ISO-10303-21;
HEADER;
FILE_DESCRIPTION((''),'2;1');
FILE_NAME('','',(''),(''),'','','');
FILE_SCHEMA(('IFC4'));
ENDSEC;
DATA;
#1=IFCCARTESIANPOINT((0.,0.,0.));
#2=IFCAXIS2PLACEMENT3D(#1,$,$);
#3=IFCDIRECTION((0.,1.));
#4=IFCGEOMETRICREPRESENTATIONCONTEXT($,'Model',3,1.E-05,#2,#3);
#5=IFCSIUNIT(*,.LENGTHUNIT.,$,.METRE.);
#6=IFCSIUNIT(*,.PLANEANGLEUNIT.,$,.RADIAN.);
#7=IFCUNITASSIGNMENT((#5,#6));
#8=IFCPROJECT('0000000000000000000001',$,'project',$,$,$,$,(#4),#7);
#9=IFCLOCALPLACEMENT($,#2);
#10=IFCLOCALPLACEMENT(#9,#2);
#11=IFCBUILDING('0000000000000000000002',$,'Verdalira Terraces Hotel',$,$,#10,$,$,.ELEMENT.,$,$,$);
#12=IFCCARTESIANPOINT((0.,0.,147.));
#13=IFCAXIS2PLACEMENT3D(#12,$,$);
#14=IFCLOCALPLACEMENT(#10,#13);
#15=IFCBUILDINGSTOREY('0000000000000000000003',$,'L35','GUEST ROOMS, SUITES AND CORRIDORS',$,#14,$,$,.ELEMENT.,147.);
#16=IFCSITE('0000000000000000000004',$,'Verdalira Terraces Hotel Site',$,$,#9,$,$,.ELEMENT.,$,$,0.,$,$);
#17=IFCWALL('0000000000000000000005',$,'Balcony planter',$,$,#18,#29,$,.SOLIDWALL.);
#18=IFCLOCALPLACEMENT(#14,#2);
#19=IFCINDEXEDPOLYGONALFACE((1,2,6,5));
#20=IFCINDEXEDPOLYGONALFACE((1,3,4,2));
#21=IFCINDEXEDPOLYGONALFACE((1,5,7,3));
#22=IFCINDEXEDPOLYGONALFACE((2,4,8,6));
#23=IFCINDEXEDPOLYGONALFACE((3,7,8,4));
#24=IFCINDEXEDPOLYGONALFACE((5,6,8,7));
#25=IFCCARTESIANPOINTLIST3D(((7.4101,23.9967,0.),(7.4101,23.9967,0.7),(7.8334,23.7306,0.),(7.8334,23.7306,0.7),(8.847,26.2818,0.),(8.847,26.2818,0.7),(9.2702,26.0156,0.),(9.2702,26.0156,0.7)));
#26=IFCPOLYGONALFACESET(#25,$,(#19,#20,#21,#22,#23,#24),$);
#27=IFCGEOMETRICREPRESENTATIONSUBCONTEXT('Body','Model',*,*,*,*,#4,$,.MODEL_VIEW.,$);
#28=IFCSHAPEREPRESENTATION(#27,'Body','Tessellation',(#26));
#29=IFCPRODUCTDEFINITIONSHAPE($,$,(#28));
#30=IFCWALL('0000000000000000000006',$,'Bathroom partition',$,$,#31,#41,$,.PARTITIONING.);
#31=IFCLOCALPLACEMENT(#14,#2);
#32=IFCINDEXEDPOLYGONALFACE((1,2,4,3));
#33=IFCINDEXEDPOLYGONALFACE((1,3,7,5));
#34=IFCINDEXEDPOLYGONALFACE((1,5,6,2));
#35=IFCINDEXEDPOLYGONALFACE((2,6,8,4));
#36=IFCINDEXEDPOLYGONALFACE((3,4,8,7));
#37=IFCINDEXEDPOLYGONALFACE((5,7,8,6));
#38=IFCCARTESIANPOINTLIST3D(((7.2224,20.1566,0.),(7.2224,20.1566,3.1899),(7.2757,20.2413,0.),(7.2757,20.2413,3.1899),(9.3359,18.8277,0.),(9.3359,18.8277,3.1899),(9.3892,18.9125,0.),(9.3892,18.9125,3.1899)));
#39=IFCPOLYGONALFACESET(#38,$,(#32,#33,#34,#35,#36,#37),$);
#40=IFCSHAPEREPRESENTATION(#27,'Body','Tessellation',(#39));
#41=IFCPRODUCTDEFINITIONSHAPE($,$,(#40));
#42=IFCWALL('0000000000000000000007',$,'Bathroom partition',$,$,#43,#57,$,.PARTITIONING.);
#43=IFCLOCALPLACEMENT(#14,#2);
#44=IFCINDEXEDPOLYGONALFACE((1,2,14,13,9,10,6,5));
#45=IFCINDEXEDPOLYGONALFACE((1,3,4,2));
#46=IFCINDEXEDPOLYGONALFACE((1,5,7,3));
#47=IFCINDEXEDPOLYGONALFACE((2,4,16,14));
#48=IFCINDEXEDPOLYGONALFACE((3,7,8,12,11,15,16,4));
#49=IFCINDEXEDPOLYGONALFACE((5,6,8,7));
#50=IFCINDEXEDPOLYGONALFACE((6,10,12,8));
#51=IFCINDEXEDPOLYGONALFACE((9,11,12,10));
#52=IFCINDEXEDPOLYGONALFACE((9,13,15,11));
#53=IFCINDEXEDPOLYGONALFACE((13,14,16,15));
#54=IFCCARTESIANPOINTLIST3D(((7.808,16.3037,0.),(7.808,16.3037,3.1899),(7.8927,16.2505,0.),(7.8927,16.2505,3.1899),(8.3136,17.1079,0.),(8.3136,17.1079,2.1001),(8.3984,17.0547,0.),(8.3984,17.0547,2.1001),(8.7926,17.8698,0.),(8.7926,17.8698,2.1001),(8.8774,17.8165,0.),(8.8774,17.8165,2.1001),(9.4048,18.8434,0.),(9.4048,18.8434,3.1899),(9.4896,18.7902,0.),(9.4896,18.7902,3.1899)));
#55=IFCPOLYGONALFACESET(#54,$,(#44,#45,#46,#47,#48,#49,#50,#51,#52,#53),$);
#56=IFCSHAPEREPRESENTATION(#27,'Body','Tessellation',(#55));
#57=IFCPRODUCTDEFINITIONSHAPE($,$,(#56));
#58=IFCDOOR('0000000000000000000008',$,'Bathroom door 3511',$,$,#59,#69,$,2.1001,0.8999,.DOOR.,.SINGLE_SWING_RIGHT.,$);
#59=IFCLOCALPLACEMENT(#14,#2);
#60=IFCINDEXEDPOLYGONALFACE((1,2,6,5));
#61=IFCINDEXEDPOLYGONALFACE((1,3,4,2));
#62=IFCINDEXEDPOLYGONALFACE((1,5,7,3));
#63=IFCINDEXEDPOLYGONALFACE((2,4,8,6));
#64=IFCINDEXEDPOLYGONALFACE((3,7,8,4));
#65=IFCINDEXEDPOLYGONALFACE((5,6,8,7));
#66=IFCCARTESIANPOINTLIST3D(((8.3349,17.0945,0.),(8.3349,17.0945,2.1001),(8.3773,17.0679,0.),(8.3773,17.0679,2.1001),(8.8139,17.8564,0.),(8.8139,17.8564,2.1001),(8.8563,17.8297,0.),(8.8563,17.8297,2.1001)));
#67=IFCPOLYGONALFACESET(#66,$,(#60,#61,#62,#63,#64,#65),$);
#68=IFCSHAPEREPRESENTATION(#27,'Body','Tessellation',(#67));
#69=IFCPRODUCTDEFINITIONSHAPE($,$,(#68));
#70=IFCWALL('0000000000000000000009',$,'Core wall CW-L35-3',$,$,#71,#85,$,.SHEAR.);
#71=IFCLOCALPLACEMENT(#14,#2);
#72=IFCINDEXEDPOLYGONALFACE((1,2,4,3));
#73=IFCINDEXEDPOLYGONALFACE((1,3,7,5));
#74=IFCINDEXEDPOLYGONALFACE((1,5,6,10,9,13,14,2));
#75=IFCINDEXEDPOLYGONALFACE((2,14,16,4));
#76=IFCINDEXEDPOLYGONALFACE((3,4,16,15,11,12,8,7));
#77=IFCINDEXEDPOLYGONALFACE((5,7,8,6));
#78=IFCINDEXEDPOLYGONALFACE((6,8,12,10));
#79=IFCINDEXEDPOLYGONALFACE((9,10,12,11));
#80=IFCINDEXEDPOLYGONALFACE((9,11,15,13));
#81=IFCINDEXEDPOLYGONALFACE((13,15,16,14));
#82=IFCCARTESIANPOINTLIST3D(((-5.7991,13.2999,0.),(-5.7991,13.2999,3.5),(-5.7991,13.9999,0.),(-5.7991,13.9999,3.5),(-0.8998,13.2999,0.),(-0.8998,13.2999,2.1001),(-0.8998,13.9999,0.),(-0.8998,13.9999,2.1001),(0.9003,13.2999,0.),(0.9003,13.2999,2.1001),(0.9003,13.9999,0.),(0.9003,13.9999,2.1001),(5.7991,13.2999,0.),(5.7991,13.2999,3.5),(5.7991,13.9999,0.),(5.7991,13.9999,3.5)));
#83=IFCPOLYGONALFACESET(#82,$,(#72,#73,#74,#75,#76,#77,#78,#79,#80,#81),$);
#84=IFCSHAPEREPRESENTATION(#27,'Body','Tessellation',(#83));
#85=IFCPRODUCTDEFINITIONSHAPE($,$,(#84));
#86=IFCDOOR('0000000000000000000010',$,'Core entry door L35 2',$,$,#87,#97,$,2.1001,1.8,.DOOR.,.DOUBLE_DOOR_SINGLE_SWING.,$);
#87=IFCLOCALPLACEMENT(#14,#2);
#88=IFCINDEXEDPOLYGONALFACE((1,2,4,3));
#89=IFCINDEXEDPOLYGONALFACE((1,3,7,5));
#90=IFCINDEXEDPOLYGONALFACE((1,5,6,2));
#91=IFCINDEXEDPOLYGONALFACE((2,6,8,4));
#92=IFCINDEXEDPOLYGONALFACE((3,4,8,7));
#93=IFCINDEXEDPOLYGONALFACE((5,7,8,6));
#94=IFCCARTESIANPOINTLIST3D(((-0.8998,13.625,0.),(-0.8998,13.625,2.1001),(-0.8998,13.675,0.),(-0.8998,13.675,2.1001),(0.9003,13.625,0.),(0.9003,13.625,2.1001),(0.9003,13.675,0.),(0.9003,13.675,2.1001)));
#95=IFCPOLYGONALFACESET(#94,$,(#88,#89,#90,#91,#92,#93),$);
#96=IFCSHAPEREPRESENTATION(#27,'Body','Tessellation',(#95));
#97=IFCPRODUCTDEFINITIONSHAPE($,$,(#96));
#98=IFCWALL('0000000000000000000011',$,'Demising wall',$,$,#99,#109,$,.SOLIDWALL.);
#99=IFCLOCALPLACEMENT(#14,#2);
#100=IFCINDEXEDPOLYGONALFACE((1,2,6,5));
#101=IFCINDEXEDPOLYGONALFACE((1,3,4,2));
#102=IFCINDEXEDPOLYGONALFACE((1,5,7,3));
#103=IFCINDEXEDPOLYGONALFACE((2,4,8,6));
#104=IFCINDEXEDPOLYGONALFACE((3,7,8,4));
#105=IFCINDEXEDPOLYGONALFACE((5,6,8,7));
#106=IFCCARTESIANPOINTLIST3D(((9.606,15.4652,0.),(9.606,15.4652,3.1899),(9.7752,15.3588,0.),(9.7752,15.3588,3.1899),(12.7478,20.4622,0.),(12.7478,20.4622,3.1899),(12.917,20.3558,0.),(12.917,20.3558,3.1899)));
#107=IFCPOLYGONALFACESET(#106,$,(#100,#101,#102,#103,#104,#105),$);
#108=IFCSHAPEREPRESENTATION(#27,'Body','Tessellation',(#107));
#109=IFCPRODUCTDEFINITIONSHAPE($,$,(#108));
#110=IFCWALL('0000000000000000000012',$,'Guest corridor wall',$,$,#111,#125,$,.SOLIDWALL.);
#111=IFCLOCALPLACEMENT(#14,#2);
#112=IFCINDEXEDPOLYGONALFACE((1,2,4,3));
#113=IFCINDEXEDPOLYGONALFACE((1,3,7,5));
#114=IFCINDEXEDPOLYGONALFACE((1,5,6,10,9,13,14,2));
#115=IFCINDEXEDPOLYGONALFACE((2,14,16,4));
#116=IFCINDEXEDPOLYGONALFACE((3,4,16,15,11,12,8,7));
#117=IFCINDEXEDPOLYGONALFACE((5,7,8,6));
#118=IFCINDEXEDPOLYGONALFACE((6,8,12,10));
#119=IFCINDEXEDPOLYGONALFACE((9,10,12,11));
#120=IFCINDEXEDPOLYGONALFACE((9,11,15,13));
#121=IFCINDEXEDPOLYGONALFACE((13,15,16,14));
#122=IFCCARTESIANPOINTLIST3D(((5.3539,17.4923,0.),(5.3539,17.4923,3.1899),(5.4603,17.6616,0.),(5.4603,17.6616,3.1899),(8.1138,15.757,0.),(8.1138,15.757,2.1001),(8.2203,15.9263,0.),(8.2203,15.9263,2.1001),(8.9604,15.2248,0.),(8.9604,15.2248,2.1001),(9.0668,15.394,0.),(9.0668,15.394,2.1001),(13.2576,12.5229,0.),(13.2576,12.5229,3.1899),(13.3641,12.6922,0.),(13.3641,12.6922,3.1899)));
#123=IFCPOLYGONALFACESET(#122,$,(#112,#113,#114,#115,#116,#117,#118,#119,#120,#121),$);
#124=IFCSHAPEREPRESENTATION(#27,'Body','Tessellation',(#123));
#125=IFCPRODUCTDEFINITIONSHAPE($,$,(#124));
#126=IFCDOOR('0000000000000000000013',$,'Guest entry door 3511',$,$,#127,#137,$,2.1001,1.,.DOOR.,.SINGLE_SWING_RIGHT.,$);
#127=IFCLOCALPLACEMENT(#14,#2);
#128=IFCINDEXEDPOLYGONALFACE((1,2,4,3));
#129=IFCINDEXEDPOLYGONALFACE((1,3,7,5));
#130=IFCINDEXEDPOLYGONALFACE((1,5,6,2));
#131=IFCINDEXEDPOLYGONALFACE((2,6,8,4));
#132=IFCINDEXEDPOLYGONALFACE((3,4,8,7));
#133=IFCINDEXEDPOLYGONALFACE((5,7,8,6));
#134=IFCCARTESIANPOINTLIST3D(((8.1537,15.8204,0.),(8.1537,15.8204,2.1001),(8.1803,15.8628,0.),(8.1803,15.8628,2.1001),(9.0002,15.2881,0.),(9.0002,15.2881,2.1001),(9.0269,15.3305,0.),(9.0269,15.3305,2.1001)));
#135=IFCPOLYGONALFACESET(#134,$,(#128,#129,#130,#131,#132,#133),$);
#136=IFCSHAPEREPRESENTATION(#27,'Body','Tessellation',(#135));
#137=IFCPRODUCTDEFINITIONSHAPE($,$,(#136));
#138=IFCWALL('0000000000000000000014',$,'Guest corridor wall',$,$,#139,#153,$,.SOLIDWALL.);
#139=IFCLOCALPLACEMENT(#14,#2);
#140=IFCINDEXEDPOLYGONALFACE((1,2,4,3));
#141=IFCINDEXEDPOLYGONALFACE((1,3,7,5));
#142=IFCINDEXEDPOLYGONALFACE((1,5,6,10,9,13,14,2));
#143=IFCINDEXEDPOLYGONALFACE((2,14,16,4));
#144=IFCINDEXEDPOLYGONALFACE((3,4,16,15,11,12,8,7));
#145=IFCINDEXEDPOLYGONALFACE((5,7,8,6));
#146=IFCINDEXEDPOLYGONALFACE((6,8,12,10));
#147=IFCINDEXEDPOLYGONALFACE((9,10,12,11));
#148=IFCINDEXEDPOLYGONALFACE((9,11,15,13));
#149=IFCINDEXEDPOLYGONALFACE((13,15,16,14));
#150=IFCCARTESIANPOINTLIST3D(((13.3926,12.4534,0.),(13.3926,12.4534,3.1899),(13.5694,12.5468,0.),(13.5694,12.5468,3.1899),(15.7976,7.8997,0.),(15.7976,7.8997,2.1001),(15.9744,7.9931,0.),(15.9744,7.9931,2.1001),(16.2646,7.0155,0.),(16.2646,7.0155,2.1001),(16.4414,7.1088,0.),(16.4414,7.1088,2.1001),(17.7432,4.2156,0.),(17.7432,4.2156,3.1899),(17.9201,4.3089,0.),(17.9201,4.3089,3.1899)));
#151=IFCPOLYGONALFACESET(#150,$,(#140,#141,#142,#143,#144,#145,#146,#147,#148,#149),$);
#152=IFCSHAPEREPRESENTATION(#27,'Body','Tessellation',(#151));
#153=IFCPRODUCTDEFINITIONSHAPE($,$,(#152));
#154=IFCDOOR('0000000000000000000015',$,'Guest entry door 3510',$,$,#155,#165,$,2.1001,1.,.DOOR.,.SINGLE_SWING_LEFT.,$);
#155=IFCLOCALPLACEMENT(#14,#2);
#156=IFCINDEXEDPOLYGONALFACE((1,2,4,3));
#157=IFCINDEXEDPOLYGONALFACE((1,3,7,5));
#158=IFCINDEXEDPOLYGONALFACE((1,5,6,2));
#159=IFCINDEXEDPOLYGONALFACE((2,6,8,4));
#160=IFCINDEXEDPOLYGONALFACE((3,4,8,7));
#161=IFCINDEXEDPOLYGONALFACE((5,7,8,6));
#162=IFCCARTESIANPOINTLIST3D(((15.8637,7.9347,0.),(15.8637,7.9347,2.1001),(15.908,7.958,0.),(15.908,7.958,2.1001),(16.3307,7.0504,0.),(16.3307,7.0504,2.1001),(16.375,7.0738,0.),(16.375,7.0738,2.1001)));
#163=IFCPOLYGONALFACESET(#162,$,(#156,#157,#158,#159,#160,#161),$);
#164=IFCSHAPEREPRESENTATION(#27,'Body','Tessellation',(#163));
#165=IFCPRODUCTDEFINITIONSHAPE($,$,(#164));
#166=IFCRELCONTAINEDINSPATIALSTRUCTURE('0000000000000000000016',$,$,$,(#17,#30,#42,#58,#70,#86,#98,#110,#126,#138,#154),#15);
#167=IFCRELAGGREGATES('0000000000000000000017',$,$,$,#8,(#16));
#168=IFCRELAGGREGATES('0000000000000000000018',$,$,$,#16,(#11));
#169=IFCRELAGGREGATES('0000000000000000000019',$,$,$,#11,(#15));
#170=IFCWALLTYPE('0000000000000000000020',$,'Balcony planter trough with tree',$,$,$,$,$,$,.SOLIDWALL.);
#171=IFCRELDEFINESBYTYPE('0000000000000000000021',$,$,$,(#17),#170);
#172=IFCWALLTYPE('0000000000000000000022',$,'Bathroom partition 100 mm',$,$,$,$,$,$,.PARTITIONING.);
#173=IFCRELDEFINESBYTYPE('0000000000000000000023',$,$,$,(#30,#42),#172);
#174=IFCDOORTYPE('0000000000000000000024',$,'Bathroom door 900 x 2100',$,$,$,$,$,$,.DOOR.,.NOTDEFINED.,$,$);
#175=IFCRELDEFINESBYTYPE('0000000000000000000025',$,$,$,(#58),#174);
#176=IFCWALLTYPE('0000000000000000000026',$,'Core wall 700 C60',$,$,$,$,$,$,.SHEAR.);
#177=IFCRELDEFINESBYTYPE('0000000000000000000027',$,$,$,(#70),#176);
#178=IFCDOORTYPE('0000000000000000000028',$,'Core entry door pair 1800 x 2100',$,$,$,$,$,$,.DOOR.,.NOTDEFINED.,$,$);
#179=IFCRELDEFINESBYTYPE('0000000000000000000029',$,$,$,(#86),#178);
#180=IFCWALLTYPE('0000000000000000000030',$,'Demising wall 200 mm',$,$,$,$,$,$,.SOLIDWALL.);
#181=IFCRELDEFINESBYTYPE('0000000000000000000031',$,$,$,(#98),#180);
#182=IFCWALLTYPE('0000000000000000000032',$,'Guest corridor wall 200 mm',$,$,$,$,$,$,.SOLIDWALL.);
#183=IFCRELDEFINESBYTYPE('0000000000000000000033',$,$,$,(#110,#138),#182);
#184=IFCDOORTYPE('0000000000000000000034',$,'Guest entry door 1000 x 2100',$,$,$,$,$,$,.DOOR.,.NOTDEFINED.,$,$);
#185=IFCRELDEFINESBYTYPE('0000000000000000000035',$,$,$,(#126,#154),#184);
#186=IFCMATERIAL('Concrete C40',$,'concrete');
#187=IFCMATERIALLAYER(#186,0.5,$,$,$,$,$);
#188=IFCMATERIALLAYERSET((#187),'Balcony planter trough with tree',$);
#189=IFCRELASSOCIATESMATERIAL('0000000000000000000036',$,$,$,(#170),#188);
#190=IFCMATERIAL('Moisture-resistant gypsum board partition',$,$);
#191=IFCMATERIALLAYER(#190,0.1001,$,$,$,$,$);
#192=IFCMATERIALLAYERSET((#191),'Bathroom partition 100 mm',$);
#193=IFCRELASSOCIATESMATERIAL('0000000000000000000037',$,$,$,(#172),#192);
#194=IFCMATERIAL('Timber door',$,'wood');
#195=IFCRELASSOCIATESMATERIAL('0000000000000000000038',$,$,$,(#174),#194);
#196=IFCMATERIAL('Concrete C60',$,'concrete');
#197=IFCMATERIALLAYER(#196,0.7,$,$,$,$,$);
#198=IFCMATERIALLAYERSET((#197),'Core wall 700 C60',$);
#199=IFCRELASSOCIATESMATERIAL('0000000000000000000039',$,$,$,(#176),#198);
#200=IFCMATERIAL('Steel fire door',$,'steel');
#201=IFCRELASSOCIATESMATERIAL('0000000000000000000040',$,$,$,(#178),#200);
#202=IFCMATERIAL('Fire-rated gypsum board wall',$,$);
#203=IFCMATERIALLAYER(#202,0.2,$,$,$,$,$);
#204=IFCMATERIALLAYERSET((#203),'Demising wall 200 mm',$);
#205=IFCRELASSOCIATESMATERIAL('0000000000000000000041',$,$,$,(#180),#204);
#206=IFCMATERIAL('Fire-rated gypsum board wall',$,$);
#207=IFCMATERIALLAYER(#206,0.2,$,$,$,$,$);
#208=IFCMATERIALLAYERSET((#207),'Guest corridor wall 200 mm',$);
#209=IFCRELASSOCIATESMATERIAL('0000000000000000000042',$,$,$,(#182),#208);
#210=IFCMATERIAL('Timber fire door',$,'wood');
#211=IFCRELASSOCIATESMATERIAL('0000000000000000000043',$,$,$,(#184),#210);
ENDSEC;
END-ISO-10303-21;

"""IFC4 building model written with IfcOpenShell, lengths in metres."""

from ifc_helpers import new_model, si_unit, direction, frame, frame_2d, origin, place, context, subcontext, project, spatial, rectangle, extrude, material, layer, layer_set, type_object, element, fill, save


model = new_model("IFC4")

# Units and contexts
model_context = context("Model", 3, precision=1e-05, world=origin(), true_north=direction((0.0, 1.0)))
body_context = subcontext(model_context, "Body", "Model", "MODEL_VIEW")
ifc_project = project(units=[si_unit("LENGTHUNIT", "METRE"), si_unit("PLANEANGLEUNIT", "RADIAN")], contexts=[model_context])

# Site, building, storey
site_placement = place(None, origin())
site = spatial("IfcSite", under=ifc_project, at=site_placement, Name="Verdalira Terraces Hotel Site", CompositionType="ELEMENT", RefElevation=0.0)
building_placement = place(site_placement, origin())
building = spatial("IfcBuilding", under=site, at=building_placement, Name="Verdalira Terraces Hotel", CompositionType="ELEMENT")
storey_placement = place(building_placement, frame((0.0, 0.0, 147.0)))
storey = spatial("IfcBuildingStorey", under=building, at=storey_placement, Name="L35", Description="GUEST ROOMS, SUITES AND CORRIDORS", CompositionType="ELEMENT", Elevation=147.0)

# Walls
ifc_material_1 = material(Name="Concrete C40", Category="concrete")
ifc_layer_1 = layer(ifc_material_1, 0.5)
ifc_layer_set_1 = layer_set([ifc_layer_1], Name="Balcony planter trough with tree")
wall_type_1 = type_object("IfcWallType", Name="Balcony planter trough with tree", PredefinedType="SOLIDWALL", material=ifc_layer_set_1)
wall_1_placement = place(storey_placement, frame((9.0586, 26.1487, 0.0), z_axis=(0.0, 0.0, 1.0), x_axis=(-0.532314, -0.846547, 0.0)))
element("IfcWall", 1, at=wall_1_placement, inside=storey, type_object=wall_type_1, Name="Balcony planter", PredefinedType="SOLIDWALL", context=body_context, shape_type="SweptSolid", body=[
    extrude(rectangle(XDim=2.6992, YDim=0.5, at=frame_2d((1.3496, 0.0))), origin(), (0.0, 0.0, 1.0), 0.7),
])
ifc_material_2 = material(Name="Moisture-resistant gypsum board partition")
ifc_layer_2 = layer(ifc_material_2, 0.1001)
ifc_layer_set_2 = layer_set([ifc_layer_2], Name="Bathroom partition 100 mm")
wall_type_2 = type_object("IfcWallType", Name="Bathroom partition 100 mm", PredefinedType="PARTITIONING", material=ifc_layer_set_2)
wall_2_placement = place(storey_placement, frame((7.249, 20.199, 0.0), z_axis=(0.0, 0.0, 1.0), x_axis=(0.846572, -0.532274, 0.0)))
element("IfcWall", 2, at=wall_2_placement, inside=storey, type_object=wall_type_2, Name="Bathroom partition", PredefinedType="PARTITIONING", context=body_context, shape_type="SweptSolid", body=[
    extrude(rectangle(XDim=2.4966, YDim=0.1001, at=frame_2d((1.2483, 0.0))), origin(), (0.0, 0.0, 1.0), 3.1899),
])

# Walls, openings, doors
wall_3_placement = place(storey_placement, frame((7.8503, 16.2771, 0.0), z_axis=(0.0, 0.0, 1.0), x_axis=(0.532287, 0.846564, 0.0)))
wall_3 = element("IfcWall", 3, at=wall_3_placement, inside=storey, type_object=wall_type_2, Name="Bathroom partition", PredefinedType="PARTITIONING", context=body_context, shape_type="SweptSolid", body=[
    extrude(rectangle(XDim=3.0, YDim=0.1001, at=frame_2d((1.5, 0.0))), origin(), (0.0, 0.0, 1.0), 3.1899),
])
opening_1_placement = place(wall_3_placement, frame((0.95, 0.0, 0.0)))
opening_1 = element("IfcOpeningElement", 4, at=opening_1_placement, cuts=wall_3, PredefinedType="OPENING", context=body_context, shape_type="SweptSolid", body=[
    extrude(rectangle(XDim=0.8999, YDim=2.1001, at=frame_2d((0.45, 1.05))), frame((0.0, 0.0601, 0.0), z_axis=(0.0, -1.0, 0.0), x_axis=(1.0, 0.0, 0.0)), (0.0, 0.0, 1.0), 0.1201),
])
ifc_material_3 = material(Name="Timber door", Category="wood")
door_type_1 = type_object("IfcDoorType", Name="Bathroom door 900 x 2100", OperationType="NOTDEFINED", PredefinedType="DOOR", material=ifc_material_3)
door_1_placement = place(opening_1_placement, origin())
door_1 = element("IfcDoor", 5, at=door_1_placement, inside=storey, type_object=door_type_1, Name="Bathroom door 3511", OperationType="SINGLE_SWING_RIGHT", OverallHeight=2.1001, OverallWidth=0.8999, PredefinedType="DOOR", context=body_context, shape_type="SweptSolid", body=[
    extrude(rectangle(XDim=0.8999, YDim=2.1001, at=frame_2d((0.45, 1.05))), frame((0.0, 0.0249, 0.0), z_axis=(0.0, -1.0, 0.0), x_axis=(1.0, 0.0, 0.0)), (0.0, 0.0, 1.0), 0.05),
])
fill(opening_1, door_1)
ifc_material_4 = material(Name="Concrete C60", Category="concrete")
ifc_layer_3 = layer(ifc_material_4, 0.7)
ifc_layer_set_3 = layer_set([ifc_layer_3], Name="Core wall 700 C60")
wall_type_3 = type_object("IfcWallType", Name="Core wall 700 C60", PredefinedType="SHEAR", material=ifc_layer_set_3)
wall_4_placement = place(storey_placement, frame((5.7991, 13.6499, 0.0), z_axis=(0.0, 0.0, 1.0), x_axis=(-1.0, 0.0, 0.0)))
wall_4 = element("IfcWall", 6, at=wall_4_placement, inside=storey, type_object=wall_type_3, Name="Core wall CW-L35-3", PredefinedType="SHEAR", context=body_context, shape_type="SweptSolid", body=[
    extrude(rectangle(XDim=11.5981, YDim=0.7, at=frame_2d((5.7991, 0.0))), origin(), (0.0, 0.0, 1.0), 3.5),
])
opening_2_placement = place(wall_4_placement, frame((4.8989, 0.0, 0.0)))
opening_2 = element("IfcOpeningElement", 7, at=opening_2_placement, cuts=wall_4, PredefinedType="OPENING", context=body_context, shape_type="SweptSolid", body=[
    extrude(rectangle(XDim=1.8, YDim=2.1001, at=frame_2d((0.8999, 1.05))), frame((0.0, 0.3599, 0.0), z_axis=(0.0, -1.0, 0.0), x_axis=(1.0, 0.0, 0.0)), (0.0, 0.0, 1.0), 0.72),
])
ifc_material_5 = material(Name="Steel fire door", Category="steel")
door_type_2 = type_object("IfcDoorType", Name="Core entry door pair 1800 x 2100", OperationType="NOTDEFINED", PredefinedType="DOOR", material=ifc_material_5)
door_2_placement = place(opening_2_placement, origin())
door_2 = element("IfcDoor", 8, at=door_2_placement, inside=storey, type_object=door_type_2, Name="Core entry door L35 2", OperationType="DOUBLE_DOOR_SINGLE_SWING", OverallHeight=2.1001, OverallWidth=1.8, PredefinedType="DOOR", context=body_context, shape_type="SweptSolid", body=[
    extrude(rectangle(XDim=1.8, YDim=2.1001, at=frame_2d((0.8999, 1.05))), frame((0.0, 0.0249, 0.0), z_axis=(0.0, -1.0, 0.0), x_axis=(1.0, 0.0, 0.0)), (0.0, 0.0, 1.0), 0.05),
])
fill(opening_2, door_2)

# Wall
ifc_material_6 = material(Name="Fire-rated gypsum board wall")
ifc_layer_4 = layer(ifc_material_6, 0.2)
ifc_layer_set_4 = layer_set([ifc_layer_4], Name="Demising wall 200 mm")
wall_type_4 = type_object("IfcWallType", Name="Demising wall 200 mm", PredefinedType="SOLIDWALL", material=ifc_layer_set_4)
wall_5_placement = place(storey_placement, frame((9.6907, 15.4121, 0.0), z_axis=(0.0, 0.0, 1.0), x_axis=(0.532272, 0.846573, 0.0)))
element("IfcWall", 9, at=wall_5_placement, inside=storey, type_object=wall_type_4, Name="Demising wall", PredefinedType="SOLIDWALL", context=body_context, shape_type="SweptSolid", body=[
    extrude(rectangle(XDim=5.9026, YDim=0.2, at=frame_2d((2.9512, 0.0))), origin(), (0.0, 0.0, 1.0), 3.1899),
])

# Walls, openings, doors
ifc_material_7 = material(Name="Fire-rated gypsum board wall")
ifc_layer_5 = layer(ifc_material_7, 0.2)
ifc_layer_set_5 = layer_set([ifc_layer_5], Name="Guest corridor wall 200 mm")
wall_type_5 = type_object("IfcWallType", Name="Guest corridor wall 200 mm", PredefinedType="SOLIDWALL", material=ifc_layer_set_5)
wall_6_placement = place(storey_placement, frame((5.4072, 17.5769, 0.0), z_axis=(0.0, 0.0, 1.0), x_axis=(0.84657, -0.532277, 0.0)))
wall_6 = element("IfcWall", 10, at=wall_6_placement, inside=storey, type_object=wall_type_5, Name="Guest corridor wall", PredefinedType="SOLIDWALL", context=body_context, shape_type="SweptSolid", body=[
    extrude(rectangle(XDim=9.3362, YDim=0.2, at=frame_2d((4.668, 0.0))), origin(), (0.0, 0.0, 1.0), 3.1899),
])
opening_3_placement = place(wall_6_placement, frame((3.26, 0.0, 0.0)))
opening_3 = element("IfcOpeningElement", 11, at=opening_3_placement, cuts=wall_6, PredefinedType="OPENING", context=body_context, shape_type="SweptSolid", body=[
    extrude(rectangle(XDim=1.0, YDim=2.1001, at=frame_2d((0.5, 1.05))), frame((0.0, 0.1099, 0.0), z_axis=(0.0, -1.0, 0.0), x_axis=(1.0, 0.0, 0.0)), (0.0, 0.0, 1.0), 0.22),
])
ifc_material_8 = material(Name="Timber fire door", Category="wood")
door_type_3 = type_object("IfcDoorType", Name="Guest entry door 1000 x 2100", OperationType="NOTDEFINED", PredefinedType="DOOR", material=ifc_material_8)
door_3_placement = place(opening_3_placement, origin())
door_3 = element("IfcDoor", 12, at=door_3_placement, inside=storey, type_object=door_type_3, Name="Guest entry door 3511", OperationType="SINGLE_SWING_RIGHT", OverallHeight=2.1001, OverallWidth=1.0, PredefinedType="DOOR", context=body_context, shape_type="SweptSolid", body=[
    extrude(rectangle(XDim=1.0, YDim=2.1001, at=frame_2d((0.5, 1.05))), frame((0.0, 0.0249, 0.0), z_axis=(0.0, -1.0, 0.0), x_axis=(1.0, 0.0, 0.0)), (0.0, 0.0, 1.0), 0.05),
])
fill(opening_3, door_3)
wall_7_placement = place(storey_placement, frame((13.481, 12.5002, 0.0), z_axis=(0.0, 0.0, 1.0), x_axis=(0.466999, -0.884258, 0.0)))
wall_7 = element("IfcWall", 13, at=wall_7_placement, inside=storey, type_object=wall_type_5, Name="Guest corridor wall", PredefinedType="SOLIDWALL", context=body_context, shape_type="SweptSolid", body=[
    extrude(rectangle(XDim=9.3162, YDim=0.2, at=frame_2d((4.6582, 0.0))), origin(), (0.0, 0.0, 1.0), 3.1899),
])
opening_4_placement = place(wall_7_placement, frame((5.1499, 0.0, 0.0)))
opening_4 = element("IfcOpeningElement", 14, at=opening_4_placement, cuts=wall_7, PredefinedType="OPENING", context=body_context, shape_type="SweptSolid", body=[
    extrude(rectangle(XDim=1.0, YDim=2.1001, at=frame_2d((0.5, 1.05))), frame((0.0, 0.1099, 0.0), z_axis=(0.0, -1.0, 0.0), x_axis=(1.0, 0.0, 0.0)), (0.0, 0.0, 1.0), 0.22),
])
door_4_placement = place(opening_4_placement, origin())
door_4 = element("IfcDoor", 15, at=door_4_placement, inside=storey, type_object=door_type_3, Name="Guest entry door 3510", OperationType="SINGLE_SWING_LEFT", OverallHeight=2.1001, OverallWidth=1.0, PredefinedType="DOOR", context=body_context, shape_type="SweptSolid", body=[
    extrude(rectangle(XDim=1.0, YDim=2.1001, at=frame_2d((0.5, 1.05))), frame((0.0, 0.0249, 0.0), z_axis=(0.0, -1.0, 0.0), x_axis=(1.0, 0.0, 0.0)), (0.0, 0.0, 1.0), 0.05),
])
fill(opening_4, door_4)

save(model, "model.ifc")
